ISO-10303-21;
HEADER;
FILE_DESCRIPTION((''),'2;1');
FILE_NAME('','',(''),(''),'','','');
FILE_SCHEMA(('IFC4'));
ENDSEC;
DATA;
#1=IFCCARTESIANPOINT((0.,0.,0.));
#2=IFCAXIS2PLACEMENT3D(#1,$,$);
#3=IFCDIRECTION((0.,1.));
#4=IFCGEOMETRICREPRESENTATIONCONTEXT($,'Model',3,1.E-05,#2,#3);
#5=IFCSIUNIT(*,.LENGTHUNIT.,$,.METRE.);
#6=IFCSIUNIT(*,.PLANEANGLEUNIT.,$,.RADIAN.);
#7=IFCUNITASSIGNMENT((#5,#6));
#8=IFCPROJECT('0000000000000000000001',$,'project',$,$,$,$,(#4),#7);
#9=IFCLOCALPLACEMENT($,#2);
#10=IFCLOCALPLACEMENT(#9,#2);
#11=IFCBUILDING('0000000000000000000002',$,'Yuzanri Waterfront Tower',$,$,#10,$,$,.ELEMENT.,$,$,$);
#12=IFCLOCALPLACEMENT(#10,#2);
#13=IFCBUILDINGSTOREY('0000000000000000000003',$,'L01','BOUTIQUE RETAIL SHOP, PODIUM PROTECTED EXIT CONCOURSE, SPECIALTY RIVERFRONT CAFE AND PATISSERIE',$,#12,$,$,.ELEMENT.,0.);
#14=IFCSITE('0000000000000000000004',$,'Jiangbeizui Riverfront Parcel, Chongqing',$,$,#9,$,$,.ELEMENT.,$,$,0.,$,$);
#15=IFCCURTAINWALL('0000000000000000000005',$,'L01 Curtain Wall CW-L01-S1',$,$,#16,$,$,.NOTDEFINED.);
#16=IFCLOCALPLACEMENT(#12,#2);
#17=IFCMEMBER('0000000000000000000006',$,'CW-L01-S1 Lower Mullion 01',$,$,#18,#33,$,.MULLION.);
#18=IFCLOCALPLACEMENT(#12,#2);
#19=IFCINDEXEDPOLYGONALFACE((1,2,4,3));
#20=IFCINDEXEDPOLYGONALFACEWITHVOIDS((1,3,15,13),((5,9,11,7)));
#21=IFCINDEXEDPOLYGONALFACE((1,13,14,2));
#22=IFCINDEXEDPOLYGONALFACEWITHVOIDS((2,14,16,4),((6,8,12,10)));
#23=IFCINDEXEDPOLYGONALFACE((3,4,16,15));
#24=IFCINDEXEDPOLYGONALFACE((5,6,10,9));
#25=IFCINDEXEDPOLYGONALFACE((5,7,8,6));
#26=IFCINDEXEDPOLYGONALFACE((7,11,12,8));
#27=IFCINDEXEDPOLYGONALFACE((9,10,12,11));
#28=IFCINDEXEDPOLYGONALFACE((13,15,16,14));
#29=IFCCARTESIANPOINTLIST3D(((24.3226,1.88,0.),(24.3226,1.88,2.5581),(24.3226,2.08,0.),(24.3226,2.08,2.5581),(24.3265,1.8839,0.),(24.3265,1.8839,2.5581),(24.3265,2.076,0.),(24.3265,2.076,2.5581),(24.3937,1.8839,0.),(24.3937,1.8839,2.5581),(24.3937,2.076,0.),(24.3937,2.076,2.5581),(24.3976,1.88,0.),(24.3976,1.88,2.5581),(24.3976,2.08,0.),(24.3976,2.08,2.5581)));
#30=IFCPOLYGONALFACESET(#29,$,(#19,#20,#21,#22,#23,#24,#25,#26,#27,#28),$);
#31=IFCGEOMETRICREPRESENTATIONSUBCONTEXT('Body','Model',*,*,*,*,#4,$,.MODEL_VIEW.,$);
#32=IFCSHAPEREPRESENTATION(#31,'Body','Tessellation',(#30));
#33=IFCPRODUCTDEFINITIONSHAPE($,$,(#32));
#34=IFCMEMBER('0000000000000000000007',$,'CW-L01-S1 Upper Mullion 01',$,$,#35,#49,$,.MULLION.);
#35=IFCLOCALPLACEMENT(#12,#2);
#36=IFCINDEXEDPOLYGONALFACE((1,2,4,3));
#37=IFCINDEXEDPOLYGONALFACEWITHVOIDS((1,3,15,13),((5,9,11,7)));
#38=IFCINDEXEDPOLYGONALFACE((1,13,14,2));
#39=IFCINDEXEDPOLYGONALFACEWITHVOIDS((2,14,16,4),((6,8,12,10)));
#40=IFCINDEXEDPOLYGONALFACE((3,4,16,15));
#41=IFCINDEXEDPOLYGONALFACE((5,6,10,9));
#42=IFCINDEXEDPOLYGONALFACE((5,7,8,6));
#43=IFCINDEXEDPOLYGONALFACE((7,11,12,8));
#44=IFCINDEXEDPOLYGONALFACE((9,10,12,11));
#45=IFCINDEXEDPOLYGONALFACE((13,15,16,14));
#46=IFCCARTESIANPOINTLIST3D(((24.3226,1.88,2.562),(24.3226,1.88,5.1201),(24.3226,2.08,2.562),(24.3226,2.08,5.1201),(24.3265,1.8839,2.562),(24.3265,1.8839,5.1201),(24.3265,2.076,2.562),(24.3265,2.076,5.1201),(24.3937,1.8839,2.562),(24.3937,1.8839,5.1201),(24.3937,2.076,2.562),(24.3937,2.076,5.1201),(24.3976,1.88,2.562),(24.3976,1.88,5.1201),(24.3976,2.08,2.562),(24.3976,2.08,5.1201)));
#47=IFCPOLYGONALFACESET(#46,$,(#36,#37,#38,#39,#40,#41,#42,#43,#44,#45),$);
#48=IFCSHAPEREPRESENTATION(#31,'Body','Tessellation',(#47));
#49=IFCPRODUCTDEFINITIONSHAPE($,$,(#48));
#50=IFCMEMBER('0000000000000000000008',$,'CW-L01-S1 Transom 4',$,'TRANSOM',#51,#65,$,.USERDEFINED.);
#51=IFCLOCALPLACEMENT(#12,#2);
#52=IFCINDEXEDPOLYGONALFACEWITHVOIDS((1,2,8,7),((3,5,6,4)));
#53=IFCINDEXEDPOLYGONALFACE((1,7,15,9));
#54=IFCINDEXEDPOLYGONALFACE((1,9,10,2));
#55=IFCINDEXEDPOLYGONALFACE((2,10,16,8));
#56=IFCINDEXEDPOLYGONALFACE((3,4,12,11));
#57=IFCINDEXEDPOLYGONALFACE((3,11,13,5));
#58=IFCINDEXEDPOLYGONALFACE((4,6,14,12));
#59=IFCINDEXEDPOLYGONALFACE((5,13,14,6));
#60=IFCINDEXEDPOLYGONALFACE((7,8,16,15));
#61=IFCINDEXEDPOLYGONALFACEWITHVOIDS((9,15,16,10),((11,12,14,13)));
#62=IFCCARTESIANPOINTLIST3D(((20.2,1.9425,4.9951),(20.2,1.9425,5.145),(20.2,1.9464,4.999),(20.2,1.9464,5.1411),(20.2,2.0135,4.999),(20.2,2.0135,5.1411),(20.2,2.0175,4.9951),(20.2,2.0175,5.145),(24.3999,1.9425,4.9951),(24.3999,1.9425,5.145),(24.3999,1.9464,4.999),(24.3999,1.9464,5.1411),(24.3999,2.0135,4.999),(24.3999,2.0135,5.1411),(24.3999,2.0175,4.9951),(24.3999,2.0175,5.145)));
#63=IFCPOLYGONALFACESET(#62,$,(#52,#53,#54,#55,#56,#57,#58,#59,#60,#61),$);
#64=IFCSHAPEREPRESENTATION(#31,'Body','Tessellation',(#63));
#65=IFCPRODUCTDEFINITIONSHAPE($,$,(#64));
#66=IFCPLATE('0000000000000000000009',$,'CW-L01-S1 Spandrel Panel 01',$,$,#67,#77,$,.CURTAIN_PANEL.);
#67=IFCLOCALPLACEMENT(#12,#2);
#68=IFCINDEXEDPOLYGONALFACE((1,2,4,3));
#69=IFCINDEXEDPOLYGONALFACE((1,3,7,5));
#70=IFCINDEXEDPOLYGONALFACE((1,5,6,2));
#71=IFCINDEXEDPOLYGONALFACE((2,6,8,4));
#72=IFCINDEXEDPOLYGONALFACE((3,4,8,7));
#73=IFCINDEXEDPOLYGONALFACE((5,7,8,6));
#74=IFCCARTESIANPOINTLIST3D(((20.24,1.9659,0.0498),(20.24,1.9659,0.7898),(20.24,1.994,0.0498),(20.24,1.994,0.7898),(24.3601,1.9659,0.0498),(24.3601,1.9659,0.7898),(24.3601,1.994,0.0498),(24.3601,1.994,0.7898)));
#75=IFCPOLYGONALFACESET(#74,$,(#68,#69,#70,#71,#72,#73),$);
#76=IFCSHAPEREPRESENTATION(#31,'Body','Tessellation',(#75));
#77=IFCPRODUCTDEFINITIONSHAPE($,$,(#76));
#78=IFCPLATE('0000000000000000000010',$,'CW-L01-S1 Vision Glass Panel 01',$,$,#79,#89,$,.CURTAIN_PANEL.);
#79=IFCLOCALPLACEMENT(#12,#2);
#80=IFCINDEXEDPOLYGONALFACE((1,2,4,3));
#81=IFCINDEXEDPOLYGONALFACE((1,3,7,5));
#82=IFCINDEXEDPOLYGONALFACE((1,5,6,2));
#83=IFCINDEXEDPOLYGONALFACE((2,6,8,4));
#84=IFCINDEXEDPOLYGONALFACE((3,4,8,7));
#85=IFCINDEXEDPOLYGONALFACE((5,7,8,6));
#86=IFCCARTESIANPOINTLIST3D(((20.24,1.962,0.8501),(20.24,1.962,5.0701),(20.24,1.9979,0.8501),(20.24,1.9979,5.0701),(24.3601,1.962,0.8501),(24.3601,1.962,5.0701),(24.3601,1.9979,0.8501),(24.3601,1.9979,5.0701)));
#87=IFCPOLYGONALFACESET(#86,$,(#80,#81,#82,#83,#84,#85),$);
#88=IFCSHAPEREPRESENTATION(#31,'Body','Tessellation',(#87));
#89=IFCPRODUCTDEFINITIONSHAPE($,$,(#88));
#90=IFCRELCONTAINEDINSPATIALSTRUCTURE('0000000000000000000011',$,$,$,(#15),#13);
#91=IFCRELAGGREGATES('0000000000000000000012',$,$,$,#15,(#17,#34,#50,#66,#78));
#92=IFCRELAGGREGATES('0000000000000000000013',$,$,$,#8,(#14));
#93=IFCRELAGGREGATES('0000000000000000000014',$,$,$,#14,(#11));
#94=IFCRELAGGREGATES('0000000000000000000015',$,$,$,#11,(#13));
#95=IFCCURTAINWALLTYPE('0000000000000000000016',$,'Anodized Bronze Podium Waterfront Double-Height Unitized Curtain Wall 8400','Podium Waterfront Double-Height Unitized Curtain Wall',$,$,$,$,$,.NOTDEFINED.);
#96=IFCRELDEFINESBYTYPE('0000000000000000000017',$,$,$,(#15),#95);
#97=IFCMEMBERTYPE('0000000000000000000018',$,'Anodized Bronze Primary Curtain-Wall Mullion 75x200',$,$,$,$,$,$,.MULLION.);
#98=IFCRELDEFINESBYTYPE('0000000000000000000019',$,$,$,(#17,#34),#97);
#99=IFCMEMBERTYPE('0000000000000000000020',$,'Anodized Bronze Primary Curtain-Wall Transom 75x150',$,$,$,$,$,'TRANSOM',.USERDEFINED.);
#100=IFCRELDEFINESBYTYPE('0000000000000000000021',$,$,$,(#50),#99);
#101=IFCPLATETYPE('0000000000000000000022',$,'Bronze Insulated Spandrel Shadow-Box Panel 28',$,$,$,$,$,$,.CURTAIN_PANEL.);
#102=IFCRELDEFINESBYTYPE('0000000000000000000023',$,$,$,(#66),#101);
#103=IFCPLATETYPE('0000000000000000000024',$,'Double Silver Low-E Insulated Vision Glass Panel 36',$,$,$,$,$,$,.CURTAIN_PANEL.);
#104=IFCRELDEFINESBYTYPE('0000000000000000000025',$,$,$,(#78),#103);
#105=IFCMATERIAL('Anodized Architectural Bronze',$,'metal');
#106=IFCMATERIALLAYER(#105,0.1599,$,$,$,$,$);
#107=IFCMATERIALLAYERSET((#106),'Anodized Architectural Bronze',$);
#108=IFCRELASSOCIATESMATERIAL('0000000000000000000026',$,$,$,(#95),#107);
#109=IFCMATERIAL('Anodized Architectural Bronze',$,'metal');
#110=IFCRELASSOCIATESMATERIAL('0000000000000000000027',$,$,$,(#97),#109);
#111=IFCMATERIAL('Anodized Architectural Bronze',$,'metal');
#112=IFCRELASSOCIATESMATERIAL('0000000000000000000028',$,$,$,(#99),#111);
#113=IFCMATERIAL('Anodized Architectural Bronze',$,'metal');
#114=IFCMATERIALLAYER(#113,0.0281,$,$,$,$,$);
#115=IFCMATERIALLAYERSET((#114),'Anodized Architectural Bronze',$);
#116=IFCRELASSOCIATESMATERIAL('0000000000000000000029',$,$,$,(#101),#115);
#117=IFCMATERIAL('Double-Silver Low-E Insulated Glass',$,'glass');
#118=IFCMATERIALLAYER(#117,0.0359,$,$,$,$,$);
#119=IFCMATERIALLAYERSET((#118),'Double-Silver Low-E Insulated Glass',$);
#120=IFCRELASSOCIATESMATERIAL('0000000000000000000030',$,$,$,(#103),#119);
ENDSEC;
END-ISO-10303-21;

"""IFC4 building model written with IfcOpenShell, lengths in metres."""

from ifc_helpers import new_model, si_unit, direction, frame, origin, origin_2d, place, context, subcontext, project, spatial, rectangle, hollow_rectangle, extrude, source, transform, mapped, material, layer, layer_set, material_profile, profile_set, type_object, element, aggregate, save


model = new_model("IFC4")

# Units and contexts
model_context = context("Model", 3, precision=1e-05, world=origin(), true_north=direction((0.0, 1.0)))
body_context = subcontext(model_context, "Body", "Model", "MODEL_VIEW")
ifc_project = project(units=[si_unit("LENGTHUNIT", "METRE"), si_unit("PLANEANGLEUNIT", "RADIAN")], contexts=[model_context])

# Site, building, storey
site_placement = place(None, origin())
site = spatial("IfcSite", under=ifc_project, at=site_placement, Name="Jiangbeizui Riverfront Parcel, Chongqing", CompositionType="ELEMENT", RefElevation=0.0)
building_placement = place(site_placement, origin())
building = spatial("IfcBuilding", under=site, at=building_placement, Name="Yuzanri Waterfront Tower", CompositionType="ELEMENT")
storey_placement = place(building_placement, origin())
storey = spatial("IfcBuildingStorey", under=building, at=storey_placement, Name="L01", Description="BOUTIQUE RETAIL SHOP, PODIUM PROTECTED EXIT CONCOURSE, SPECIALTY RIVERFRONT CAFE AND PATISSERIE", CompositionType="ELEMENT", Elevation=0.0)

# Curtain wall, members, plates
ifc_material_1 = material(Name="Anodized Architectural Bronze", Category="metal")
ifc_layer_1 = layer(ifc_material_1, 0.1599)
ifc_layer_set_1 = layer_set([ifc_layer_1], Name="Anodized Architectural Bronze")
curtain_wall_type = type_object("IfcCurtainWallType", Name="Anodized Bronze Podium Waterfront Double-Height Unitized Curtain Wall 8400", Description="Podium Waterfront Double-Height Unitized Curtain Wall", PredefinedType="NOTDEFINED", material=ifc_layer_set_1)
curtain_wall_placement = place(storey_placement, origin())
curtain_wall = element("IfcCurtainWall", 1, at=curtain_wall_placement, inside=storey, type_object=curtain_wall_type, Name="L01 Curtain Wall CW-L01-S1", PredefinedType="NOTDEFINED")
ifc_material_2 = material(Name="Anodized Architectural Bronze", Category="metal")
ifc_material_profile_1 = material_profile(ifc_material_2, hollow_rectangle(XDim=0.075, YDim=0.2, WallThickness=0.0039, at=origin_2d()), Name="CWM 75x200")
ifc_profile_set_1 = profile_set([ifc_material_profile_1], Name="Anodized Architectural Bronze")
member_type_1 = type_object("IfcMemberType", Name="Anodized Bronze Primary Curtain-Wall Mullion 75x200", PredefinedType="MULLION", material=ifc_profile_set_1)
shared_shape_1 = source(origin(), body_context, "Body", "SweptSolid", [
    extrude(hollow_rectangle(XDim=0.075, YDim=0.2, WallThickness=0.0039, at=origin_2d()), origin(), (0.0, 0.0, 1.0), 2.5581),
])
member_1_placement = place(storey_placement, frame((24.3601, 1.98, 0.0), z_axis=(0.0, 0.0, 1.0), x_axis=(1.0, 0.0, 0.0)))
member_1 = element("IfcMember", 2, at=member_1_placement, type_object=member_type_1, Name="CW-L01-S1 Lower Mullion 01", PredefinedType="MULLION", context=body_context, shape_type="MappedRepresentation", body=[
    mapped(shared_shape_1, transform((0.0, 0.0, 0.0), scale=1.0)),
])
member_2_placement = place(storey_placement, frame((24.3601, 1.98, 2.562), z_axis=(0.0, 0.0, 1.0), x_axis=(1.0, 0.0, 0.0)))
member_2 = element("IfcMember", 3, at=member_2_placement, type_object=member_type_1, Name="CW-L01-S1 Upper Mullion 01", PredefinedType="MULLION", context=body_context, shape_type="MappedRepresentation", body=[
    mapped(shared_shape_1, transform((0.0, 0.0, 0.0), scale=1.0)),
])
ifc_material_3 = material(Name="Anodized Architectural Bronze", Category="metal")
ifc_material_profile_2 = material_profile(ifc_material_3, hollow_rectangle(XDim=0.075, YDim=0.1499, WallThickness=0.0039, at=origin_2d()), Name="CWT 75x150")
ifc_profile_set_2 = profile_set([ifc_material_profile_2], Name="Anodized Architectural Bronze")
member_type_2 = type_object("IfcMemberType", Name="Anodized Bronze Primary Curtain-Wall Transom 75x150", ElementType="TRANSOM", PredefinedType="USERDEFINED", material=ifc_profile_set_2)
shared_shape_2 = source(origin(), body_context, "Body", "SweptSolid", [
    extrude(hollow_rectangle(XDim=0.075, YDim=0.1499, WallThickness=0.0039, at=origin_2d()), origin(), (0.0, 0.0, 1.0), 4.2),
])
member_3_placement = place(storey_placement, frame((20.2, 1.98, 5.0701), z_axis=(1.0, 0.0, 0.0), x_axis=(0.0, 1.0, 0.0)))
member_3 = element("IfcMember", 4, at=member_3_placement, type_object=member_type_2, Name="CW-L01-S1 Transom 4", ObjectType="TRANSOM", PredefinedType="USERDEFINED", context=body_context, shape_type="MappedRepresentation", body=[
    mapped(shared_shape_2, transform((0.0, 0.0, 0.0), scale=1.0)),
])
ifc_material_4 = material(Name="Anodized Architectural Bronze", Category="metal")
ifc_layer_2 = layer(ifc_material_4, 0.0281)
ifc_layer_set_2 = layer_set([ifc_layer_2], Name="Anodized Architectural Bronze")
plate_type_1 = type_object("IfcPlateType", Name="Bronze Insulated Spandrel Shadow-Box Panel 28", PredefinedType="CURTAIN_PANEL", material=ifc_layer_set_2)
shared_shape_3 = source(origin(), body_context, "Body", "SweptSolid", [
    extrude(rectangle(XDim=4.1201, YDim=0.0281, at=origin_2d()), origin(), (0.0, 0.0, 1.0), 0.74),
])
plate_1_placement = place(storey_placement, frame((22.3, 1.98, 0.0498), z_axis=(0.0, 0.0, 1.0), x_axis=(1.0, 0.0, 0.0)))
plate_1 = element("IfcPlate", 5, at=plate_1_placement, type_object=plate_type_1, Name="CW-L01-S1 Spandrel Panel 01", PredefinedType="CURTAIN_PANEL", context=body_context, shape_type="MappedRepresentation", body=[
    mapped(shared_shape_3, transform((0.0, 0.0, 0.0), scale=1.0)),
])
ifc_material_5 = material(Name="Double-Silver Low-E Insulated Glass", Category="glass")
ifc_layer_3 = layer(ifc_material_5, 0.0359)
ifc_layer_set_3 = layer_set([ifc_layer_3], Name="Double-Silver Low-E Insulated Glass")
plate_type_2 = type_object("IfcPlateType", Name="Double Silver Low-E Insulated Vision Glass Panel 36", PredefinedType="CURTAIN_PANEL", material=ifc_layer_set_3)
shared_shape_4 = source(origin(), body_context, "Body", "SweptSolid", [
    extrude(rectangle(XDim=4.1201, YDim=0.0359, at=origin_2d()), origin(), (0.0, 0.0, 1.0), 4.22),
])
plate_2_placement = place(storey_placement, frame((22.3, 1.98, 0.8501), z_axis=(0.0, 0.0, 1.0), x_axis=(1.0, 0.0, 0.0)))
plate_2 = element("IfcPlate", 6, at=plate_2_placement, type_object=plate_type_2, Name="CW-L01-S1 Vision Glass Panel 01", PredefinedType="CURTAIN_PANEL", context=body_context, shape_type="MappedRepresentation", body=[
    mapped(shared_shape_4, transform((0.0, 0.0, 0.0), scale=1.0)),
])
aggregate(curtain_wall, [member_1, member_2, member_3, plate_1, plate_2])

save(model, "model.ifc")
